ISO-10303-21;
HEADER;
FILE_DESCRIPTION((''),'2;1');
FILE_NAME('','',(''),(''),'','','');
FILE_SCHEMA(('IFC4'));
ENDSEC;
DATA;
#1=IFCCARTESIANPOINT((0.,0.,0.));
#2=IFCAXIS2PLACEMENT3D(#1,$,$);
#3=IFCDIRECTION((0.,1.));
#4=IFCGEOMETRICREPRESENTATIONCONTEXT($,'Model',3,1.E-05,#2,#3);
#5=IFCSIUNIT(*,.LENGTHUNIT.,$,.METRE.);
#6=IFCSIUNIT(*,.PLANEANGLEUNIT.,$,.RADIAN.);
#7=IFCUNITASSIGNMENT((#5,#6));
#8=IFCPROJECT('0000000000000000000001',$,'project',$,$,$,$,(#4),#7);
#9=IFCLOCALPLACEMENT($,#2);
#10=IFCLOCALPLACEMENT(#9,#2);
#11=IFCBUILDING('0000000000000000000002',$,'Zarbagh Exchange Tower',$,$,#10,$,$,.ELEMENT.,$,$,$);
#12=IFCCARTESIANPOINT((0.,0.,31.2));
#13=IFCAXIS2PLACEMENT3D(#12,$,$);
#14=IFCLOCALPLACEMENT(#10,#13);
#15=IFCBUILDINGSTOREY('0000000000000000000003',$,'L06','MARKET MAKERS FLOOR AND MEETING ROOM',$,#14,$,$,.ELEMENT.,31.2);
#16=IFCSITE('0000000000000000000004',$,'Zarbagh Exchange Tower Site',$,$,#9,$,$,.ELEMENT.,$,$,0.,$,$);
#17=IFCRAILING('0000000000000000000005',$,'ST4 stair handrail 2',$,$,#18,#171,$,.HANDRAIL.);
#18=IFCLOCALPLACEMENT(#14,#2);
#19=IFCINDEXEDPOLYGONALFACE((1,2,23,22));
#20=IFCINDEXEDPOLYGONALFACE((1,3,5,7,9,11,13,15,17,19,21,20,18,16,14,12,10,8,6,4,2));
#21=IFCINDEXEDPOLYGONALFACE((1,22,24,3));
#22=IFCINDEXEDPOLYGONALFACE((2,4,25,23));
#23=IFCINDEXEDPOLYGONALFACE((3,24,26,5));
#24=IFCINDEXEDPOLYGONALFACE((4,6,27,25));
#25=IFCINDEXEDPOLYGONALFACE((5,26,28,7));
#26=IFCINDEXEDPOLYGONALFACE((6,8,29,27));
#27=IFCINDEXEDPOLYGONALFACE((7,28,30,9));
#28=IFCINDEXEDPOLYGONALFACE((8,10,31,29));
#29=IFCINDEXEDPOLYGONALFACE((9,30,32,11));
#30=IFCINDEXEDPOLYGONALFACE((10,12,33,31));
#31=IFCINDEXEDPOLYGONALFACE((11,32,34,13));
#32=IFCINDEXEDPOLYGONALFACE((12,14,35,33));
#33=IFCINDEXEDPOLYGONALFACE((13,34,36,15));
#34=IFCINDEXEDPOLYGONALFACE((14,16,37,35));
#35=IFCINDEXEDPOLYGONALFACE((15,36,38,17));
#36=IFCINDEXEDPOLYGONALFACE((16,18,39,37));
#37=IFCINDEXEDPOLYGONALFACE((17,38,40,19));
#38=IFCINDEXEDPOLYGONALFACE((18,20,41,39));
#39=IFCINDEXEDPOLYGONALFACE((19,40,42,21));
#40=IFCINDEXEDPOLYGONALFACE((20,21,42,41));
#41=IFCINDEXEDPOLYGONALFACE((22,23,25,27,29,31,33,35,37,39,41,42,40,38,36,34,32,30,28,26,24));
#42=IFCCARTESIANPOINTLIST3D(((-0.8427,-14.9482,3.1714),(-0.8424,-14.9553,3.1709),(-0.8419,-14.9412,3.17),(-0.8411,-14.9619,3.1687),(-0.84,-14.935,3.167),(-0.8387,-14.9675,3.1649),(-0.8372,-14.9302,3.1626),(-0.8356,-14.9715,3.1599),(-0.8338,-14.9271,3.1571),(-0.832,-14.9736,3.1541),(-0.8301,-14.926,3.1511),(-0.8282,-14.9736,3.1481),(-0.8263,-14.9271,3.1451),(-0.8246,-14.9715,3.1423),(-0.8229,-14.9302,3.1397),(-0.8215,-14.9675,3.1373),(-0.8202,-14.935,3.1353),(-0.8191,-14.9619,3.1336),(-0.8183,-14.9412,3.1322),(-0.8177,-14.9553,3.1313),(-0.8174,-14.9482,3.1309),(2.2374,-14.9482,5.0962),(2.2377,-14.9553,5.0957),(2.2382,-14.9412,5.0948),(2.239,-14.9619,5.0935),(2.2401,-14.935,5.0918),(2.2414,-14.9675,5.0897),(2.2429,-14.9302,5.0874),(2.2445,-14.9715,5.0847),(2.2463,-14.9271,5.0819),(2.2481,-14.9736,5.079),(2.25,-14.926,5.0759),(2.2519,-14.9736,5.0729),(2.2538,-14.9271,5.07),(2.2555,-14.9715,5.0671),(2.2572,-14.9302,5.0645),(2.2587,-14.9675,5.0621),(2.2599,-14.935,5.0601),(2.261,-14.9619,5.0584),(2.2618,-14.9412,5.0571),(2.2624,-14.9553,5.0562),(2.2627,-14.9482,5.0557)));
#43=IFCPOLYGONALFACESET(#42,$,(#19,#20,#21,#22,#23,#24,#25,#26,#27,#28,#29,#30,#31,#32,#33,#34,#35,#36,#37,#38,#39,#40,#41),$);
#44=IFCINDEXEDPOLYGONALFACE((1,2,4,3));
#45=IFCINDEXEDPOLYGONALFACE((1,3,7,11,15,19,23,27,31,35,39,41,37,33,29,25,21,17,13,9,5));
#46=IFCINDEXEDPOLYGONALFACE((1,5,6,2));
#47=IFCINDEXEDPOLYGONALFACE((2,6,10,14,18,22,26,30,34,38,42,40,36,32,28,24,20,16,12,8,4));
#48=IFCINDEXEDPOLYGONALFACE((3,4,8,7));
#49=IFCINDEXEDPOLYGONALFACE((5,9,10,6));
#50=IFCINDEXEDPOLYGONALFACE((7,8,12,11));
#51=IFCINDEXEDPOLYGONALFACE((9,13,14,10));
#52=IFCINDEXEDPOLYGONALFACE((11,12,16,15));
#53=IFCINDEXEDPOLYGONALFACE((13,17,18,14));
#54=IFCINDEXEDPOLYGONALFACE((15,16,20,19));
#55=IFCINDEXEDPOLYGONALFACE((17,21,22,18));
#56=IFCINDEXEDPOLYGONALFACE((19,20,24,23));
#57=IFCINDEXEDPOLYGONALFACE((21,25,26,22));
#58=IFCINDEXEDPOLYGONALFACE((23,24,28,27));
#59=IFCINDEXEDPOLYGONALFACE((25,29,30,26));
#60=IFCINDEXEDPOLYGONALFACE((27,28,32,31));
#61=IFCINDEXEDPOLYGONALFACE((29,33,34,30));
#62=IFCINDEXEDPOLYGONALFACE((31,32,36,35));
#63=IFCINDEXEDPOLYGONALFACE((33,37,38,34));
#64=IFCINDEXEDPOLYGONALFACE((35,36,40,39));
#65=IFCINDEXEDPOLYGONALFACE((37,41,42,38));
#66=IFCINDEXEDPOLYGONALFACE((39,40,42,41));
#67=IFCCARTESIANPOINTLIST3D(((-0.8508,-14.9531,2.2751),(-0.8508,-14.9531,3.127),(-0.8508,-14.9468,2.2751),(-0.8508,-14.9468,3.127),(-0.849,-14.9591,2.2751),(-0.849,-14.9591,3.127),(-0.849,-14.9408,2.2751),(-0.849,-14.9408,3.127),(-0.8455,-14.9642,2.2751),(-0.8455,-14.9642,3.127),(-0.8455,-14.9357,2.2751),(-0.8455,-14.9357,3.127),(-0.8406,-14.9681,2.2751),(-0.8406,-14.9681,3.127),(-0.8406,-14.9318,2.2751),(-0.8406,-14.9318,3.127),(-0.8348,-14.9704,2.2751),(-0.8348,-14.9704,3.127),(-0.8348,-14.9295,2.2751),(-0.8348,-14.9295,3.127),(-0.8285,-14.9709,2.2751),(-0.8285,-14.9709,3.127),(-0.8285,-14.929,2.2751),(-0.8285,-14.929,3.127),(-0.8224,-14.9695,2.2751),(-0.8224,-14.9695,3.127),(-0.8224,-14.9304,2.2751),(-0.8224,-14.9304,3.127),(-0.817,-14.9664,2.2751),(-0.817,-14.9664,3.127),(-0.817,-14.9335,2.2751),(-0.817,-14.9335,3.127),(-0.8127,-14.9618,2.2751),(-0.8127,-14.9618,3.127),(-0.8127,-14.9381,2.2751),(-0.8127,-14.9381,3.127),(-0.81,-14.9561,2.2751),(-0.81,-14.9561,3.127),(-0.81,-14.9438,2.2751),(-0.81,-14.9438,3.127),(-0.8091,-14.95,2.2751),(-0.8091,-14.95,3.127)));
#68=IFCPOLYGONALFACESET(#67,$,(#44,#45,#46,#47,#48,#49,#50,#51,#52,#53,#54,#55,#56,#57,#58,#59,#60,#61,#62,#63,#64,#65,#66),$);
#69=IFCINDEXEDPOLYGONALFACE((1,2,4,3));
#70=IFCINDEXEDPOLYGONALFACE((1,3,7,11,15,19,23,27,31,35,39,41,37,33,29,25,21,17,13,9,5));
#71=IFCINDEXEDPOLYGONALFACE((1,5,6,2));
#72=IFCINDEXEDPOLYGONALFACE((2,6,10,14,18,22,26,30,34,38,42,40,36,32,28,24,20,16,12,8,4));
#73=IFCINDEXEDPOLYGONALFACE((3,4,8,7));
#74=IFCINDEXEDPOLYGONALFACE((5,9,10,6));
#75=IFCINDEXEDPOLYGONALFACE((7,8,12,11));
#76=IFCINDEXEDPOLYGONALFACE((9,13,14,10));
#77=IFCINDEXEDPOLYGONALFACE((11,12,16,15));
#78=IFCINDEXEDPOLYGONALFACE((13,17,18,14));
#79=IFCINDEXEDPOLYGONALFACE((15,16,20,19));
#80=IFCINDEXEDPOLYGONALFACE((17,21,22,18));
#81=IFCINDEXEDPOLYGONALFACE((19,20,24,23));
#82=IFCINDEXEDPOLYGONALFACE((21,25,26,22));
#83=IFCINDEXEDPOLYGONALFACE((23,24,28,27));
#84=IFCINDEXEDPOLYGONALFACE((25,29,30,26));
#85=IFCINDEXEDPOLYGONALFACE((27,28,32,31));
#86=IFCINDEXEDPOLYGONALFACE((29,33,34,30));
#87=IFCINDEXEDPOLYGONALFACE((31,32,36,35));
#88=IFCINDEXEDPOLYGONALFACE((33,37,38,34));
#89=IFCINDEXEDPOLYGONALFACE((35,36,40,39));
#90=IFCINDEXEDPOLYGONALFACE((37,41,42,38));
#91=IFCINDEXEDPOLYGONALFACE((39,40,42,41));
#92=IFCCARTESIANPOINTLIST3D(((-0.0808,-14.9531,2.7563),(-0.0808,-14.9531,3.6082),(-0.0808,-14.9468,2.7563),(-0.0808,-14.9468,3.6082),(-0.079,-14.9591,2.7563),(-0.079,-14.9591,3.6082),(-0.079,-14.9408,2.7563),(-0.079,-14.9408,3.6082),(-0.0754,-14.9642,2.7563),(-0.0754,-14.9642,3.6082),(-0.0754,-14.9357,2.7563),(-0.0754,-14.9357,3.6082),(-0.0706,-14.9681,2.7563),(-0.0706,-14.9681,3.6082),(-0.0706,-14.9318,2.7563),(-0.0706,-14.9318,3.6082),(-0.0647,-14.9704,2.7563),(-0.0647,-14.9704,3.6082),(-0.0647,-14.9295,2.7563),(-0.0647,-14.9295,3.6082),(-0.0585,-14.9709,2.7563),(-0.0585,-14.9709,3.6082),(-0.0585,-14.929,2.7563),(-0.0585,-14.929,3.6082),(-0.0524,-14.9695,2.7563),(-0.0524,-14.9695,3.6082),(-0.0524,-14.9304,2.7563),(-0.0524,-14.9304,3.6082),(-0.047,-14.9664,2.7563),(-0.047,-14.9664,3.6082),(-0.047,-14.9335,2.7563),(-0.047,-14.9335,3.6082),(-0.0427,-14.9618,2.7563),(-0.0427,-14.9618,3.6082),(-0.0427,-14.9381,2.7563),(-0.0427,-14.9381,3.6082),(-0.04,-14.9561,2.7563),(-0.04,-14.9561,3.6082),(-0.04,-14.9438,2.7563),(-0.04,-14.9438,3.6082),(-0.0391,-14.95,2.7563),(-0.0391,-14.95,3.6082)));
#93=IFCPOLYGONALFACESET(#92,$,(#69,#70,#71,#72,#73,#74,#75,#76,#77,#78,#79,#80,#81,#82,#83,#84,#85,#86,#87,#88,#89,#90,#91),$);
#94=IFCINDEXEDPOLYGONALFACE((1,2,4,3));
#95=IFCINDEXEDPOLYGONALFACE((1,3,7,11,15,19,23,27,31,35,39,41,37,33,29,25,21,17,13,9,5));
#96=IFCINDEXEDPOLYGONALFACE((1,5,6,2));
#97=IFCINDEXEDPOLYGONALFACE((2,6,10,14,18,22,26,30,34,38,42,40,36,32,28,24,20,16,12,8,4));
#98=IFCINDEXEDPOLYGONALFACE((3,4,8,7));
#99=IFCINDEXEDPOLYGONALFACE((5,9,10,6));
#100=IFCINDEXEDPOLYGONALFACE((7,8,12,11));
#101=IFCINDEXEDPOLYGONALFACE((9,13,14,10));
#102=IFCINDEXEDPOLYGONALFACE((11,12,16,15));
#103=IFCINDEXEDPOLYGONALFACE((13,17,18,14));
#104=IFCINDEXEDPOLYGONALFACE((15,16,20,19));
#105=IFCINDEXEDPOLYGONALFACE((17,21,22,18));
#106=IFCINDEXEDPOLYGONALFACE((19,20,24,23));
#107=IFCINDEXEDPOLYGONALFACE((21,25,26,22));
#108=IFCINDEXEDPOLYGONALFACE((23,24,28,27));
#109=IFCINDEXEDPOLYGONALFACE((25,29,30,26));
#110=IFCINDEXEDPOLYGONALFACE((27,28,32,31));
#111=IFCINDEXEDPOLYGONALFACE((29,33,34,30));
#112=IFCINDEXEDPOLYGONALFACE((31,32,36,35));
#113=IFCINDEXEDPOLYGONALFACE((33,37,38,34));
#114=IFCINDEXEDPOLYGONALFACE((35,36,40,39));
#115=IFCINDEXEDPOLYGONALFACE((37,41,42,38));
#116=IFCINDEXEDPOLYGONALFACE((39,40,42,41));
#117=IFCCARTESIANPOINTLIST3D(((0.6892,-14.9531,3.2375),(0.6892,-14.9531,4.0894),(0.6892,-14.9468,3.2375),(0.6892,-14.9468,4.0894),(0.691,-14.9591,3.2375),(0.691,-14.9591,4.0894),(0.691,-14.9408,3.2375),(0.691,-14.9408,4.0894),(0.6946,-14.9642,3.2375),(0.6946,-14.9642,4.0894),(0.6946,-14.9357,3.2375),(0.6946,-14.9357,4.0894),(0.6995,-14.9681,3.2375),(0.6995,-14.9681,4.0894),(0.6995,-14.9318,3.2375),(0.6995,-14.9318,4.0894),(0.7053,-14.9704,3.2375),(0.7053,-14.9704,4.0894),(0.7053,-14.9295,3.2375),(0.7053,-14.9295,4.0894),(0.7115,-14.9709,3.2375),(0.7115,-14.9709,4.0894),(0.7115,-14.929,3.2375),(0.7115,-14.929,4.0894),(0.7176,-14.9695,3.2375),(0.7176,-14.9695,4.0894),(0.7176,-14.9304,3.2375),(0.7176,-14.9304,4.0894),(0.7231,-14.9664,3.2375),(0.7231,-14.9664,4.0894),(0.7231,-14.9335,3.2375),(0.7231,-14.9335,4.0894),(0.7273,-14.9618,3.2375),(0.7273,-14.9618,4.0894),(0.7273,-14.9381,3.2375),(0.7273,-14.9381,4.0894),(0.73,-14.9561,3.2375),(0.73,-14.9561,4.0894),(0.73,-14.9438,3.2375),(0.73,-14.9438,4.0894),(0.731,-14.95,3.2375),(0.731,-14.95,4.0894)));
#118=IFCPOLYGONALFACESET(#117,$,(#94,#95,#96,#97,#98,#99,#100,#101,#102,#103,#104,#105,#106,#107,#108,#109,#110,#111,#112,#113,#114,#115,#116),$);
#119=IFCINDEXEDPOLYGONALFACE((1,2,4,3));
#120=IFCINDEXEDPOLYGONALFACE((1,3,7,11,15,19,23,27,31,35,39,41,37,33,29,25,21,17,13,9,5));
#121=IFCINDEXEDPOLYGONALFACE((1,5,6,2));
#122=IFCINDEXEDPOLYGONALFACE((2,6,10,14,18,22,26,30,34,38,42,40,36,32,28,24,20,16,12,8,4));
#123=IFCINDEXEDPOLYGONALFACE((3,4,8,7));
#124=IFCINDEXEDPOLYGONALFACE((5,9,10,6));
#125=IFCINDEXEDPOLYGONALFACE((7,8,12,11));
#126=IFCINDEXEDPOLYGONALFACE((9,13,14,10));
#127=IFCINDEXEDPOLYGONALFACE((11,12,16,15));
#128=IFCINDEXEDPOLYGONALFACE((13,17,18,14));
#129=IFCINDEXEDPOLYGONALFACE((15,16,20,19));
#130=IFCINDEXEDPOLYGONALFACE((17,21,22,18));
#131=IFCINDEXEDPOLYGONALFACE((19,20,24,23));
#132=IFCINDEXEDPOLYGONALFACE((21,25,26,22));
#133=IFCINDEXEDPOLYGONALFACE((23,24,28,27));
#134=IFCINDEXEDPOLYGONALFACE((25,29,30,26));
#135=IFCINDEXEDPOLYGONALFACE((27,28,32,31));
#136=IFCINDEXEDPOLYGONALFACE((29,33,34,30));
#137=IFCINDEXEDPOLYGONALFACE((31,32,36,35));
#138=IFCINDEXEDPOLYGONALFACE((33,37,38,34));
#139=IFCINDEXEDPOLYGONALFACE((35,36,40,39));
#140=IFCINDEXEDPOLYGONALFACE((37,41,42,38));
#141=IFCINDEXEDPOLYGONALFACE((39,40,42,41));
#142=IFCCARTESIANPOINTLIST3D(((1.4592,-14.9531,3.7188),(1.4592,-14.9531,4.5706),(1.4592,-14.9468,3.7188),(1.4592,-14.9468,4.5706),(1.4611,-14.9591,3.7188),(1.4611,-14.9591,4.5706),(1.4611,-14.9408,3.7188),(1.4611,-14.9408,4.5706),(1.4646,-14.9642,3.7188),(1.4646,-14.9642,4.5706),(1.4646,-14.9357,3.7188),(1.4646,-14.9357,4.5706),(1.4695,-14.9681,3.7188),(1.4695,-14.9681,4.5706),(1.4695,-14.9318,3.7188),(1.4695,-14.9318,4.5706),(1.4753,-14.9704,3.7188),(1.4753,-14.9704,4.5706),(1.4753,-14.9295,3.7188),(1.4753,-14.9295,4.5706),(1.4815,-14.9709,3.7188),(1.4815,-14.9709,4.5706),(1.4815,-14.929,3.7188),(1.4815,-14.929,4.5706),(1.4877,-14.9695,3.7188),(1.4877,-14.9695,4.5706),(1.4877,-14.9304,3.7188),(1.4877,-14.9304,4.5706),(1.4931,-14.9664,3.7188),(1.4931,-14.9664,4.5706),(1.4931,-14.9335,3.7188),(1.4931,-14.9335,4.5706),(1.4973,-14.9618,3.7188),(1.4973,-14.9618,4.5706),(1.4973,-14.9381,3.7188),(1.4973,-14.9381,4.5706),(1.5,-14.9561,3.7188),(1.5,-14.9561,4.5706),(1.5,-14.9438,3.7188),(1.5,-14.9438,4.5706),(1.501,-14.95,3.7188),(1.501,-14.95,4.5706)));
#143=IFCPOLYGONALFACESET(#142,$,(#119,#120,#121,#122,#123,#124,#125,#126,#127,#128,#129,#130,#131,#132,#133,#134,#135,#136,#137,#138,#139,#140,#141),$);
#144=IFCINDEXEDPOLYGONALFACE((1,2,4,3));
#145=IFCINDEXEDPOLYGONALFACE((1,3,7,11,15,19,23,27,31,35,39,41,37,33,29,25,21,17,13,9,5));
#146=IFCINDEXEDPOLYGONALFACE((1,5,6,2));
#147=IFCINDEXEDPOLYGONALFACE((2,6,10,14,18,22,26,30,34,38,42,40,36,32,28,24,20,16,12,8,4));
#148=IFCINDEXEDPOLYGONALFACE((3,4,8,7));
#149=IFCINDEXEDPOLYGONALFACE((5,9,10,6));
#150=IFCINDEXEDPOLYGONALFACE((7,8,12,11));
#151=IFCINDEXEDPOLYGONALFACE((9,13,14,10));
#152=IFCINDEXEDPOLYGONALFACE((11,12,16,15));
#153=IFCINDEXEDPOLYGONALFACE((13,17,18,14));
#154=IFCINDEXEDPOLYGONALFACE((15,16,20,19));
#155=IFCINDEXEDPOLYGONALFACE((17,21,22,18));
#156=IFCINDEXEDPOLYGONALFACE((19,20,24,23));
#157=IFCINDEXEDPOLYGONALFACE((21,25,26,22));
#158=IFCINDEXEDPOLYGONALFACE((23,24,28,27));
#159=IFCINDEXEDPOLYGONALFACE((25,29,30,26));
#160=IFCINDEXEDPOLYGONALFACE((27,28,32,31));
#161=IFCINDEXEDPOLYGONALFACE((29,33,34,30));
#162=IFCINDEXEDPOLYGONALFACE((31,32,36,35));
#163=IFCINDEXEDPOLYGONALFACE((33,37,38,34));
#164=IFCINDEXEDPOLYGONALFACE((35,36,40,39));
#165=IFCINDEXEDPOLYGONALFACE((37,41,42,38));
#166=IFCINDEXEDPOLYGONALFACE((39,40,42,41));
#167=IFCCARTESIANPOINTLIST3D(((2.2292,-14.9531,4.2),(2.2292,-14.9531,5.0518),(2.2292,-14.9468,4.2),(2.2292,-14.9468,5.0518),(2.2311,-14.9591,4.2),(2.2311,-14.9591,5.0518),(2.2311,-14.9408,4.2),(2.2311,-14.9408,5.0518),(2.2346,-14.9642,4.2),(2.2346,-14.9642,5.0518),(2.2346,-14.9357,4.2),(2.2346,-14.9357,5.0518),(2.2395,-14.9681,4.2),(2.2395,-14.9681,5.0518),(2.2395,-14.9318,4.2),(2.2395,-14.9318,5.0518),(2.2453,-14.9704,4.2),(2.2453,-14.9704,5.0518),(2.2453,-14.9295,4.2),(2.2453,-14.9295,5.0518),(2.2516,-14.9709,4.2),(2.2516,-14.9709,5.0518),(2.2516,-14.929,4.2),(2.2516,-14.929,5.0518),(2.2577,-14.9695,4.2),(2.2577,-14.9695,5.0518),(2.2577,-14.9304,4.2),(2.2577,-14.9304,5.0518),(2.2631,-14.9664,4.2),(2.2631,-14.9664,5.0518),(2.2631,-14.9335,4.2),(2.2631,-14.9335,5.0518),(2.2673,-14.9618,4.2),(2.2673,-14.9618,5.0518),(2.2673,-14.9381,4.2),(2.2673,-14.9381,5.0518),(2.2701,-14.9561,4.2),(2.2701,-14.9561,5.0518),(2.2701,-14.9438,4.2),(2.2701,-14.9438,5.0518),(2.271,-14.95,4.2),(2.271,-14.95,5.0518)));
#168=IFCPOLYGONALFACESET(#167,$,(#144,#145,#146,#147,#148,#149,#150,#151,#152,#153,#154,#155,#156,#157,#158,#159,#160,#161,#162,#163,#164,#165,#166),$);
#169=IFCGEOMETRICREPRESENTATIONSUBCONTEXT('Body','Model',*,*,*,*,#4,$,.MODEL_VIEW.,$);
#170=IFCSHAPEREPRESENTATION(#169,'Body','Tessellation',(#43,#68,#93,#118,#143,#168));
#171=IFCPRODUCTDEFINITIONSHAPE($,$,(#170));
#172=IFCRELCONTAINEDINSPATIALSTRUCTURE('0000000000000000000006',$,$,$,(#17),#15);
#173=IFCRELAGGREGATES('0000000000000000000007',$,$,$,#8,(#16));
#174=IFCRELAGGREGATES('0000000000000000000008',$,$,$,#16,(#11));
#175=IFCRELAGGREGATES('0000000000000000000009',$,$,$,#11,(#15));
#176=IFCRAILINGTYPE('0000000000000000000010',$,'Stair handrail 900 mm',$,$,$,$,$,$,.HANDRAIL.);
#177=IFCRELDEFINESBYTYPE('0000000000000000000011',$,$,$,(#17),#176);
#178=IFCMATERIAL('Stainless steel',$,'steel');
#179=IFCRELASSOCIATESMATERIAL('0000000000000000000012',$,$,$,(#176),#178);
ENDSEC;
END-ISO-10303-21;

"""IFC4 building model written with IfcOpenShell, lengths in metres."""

from ifc_helpers import new_model, si_unit, direction, frame, origin, origin_2d, place, context, subcontext, project, spatial, circle, extrude, material, type_object, element, save


model = new_model("IFC4")

# Units and contexts
model_context = context("Model", 3, precision=1e-05, world=origin(), true_north=direction((0.0, 1.0)))
body_context = subcontext(model_context, "Body", "Model", "MODEL_VIEW")
ifc_project = project(units=[si_unit("LENGTHUNIT", "METRE"), si_unit("PLANEANGLEUNIT", "RADIAN")], contexts=[model_context])

# Site, building, storey
site_placement = place(None, origin())
site = spatial("IfcSite", under=ifc_project, at=site_placement, Name="Zarbagh Exchange Tower Site", CompositionType="ELEMENT", RefElevation=0.0)
building_placement = place(site_placement, origin())
building = spatial("IfcBuilding", under=site, at=building_placement, Name="Zarbagh Exchange Tower", CompositionType="ELEMENT")
storey_placement = place(building_placement, frame((0.0, 0.0, 31.2)))
storey = spatial("IfcBuildingStorey", under=building, at=storey_placement, Name="L06", Description="MARKET MAKERS FLOOR AND MEETING ROOM", CompositionType="ELEMENT", Elevation=31.2)

# Shared definitions
ifc_material_1 = material(Name="Stainless steel", Category="steel")

# Railing
railing_type_1 = type_object("IfcRailingType", Name="Stair handrail 900 mm", PredefinedType="HANDRAIL", material=ifc_material_1)
railing_1_placement = place(storey_placement, frame((-0.8301, -14.95, 2.2751)))
element("IfcRailing", 1, at=railing_1_placement, inside=storey, type_object=railing_type_1, Name="ST4 stair handrail 2", PredefinedType="HANDRAIL", context=body_context, shape_type="SweptSolid", body=[
    extrude(circle(Radius=0.0239, at=origin_2d()), frame((0.0, 0.0, 0.876), z_axis=(0.848029, 0.0, 0.529951), x_axis=(0.0, 1.0, 0.0)), (0.0, 0.0, 1.0), 3.6321),
    extrude(circle(Radius=0.021, at=origin_2d()), origin(), (0.0, 0.0, 1.0), 0.8518),
    extrude(circle(Radius=0.021, at=origin_2d()), frame((0.77, 0.0, 0.4812)), (0.0, 0.0, 1.0), 0.8518),
    extrude(circle(Radius=0.021, at=origin_2d()), frame((1.54, 0.0, 0.9624)), (0.0, 0.0, 1.0), 0.8518),
    extrude(circle(Radius=0.021, at=origin_2d()), frame((2.3101, 0.0, 1.4436)), (0.0, 0.0, 1.0), 0.8518),
    extrude(circle(Radius=0.021, at=origin_2d()), frame((3.0801, 0.0, 1.9248)), (0.0, 0.0, 1.0), 0.8518),
])

save(model, "model.ifc")
